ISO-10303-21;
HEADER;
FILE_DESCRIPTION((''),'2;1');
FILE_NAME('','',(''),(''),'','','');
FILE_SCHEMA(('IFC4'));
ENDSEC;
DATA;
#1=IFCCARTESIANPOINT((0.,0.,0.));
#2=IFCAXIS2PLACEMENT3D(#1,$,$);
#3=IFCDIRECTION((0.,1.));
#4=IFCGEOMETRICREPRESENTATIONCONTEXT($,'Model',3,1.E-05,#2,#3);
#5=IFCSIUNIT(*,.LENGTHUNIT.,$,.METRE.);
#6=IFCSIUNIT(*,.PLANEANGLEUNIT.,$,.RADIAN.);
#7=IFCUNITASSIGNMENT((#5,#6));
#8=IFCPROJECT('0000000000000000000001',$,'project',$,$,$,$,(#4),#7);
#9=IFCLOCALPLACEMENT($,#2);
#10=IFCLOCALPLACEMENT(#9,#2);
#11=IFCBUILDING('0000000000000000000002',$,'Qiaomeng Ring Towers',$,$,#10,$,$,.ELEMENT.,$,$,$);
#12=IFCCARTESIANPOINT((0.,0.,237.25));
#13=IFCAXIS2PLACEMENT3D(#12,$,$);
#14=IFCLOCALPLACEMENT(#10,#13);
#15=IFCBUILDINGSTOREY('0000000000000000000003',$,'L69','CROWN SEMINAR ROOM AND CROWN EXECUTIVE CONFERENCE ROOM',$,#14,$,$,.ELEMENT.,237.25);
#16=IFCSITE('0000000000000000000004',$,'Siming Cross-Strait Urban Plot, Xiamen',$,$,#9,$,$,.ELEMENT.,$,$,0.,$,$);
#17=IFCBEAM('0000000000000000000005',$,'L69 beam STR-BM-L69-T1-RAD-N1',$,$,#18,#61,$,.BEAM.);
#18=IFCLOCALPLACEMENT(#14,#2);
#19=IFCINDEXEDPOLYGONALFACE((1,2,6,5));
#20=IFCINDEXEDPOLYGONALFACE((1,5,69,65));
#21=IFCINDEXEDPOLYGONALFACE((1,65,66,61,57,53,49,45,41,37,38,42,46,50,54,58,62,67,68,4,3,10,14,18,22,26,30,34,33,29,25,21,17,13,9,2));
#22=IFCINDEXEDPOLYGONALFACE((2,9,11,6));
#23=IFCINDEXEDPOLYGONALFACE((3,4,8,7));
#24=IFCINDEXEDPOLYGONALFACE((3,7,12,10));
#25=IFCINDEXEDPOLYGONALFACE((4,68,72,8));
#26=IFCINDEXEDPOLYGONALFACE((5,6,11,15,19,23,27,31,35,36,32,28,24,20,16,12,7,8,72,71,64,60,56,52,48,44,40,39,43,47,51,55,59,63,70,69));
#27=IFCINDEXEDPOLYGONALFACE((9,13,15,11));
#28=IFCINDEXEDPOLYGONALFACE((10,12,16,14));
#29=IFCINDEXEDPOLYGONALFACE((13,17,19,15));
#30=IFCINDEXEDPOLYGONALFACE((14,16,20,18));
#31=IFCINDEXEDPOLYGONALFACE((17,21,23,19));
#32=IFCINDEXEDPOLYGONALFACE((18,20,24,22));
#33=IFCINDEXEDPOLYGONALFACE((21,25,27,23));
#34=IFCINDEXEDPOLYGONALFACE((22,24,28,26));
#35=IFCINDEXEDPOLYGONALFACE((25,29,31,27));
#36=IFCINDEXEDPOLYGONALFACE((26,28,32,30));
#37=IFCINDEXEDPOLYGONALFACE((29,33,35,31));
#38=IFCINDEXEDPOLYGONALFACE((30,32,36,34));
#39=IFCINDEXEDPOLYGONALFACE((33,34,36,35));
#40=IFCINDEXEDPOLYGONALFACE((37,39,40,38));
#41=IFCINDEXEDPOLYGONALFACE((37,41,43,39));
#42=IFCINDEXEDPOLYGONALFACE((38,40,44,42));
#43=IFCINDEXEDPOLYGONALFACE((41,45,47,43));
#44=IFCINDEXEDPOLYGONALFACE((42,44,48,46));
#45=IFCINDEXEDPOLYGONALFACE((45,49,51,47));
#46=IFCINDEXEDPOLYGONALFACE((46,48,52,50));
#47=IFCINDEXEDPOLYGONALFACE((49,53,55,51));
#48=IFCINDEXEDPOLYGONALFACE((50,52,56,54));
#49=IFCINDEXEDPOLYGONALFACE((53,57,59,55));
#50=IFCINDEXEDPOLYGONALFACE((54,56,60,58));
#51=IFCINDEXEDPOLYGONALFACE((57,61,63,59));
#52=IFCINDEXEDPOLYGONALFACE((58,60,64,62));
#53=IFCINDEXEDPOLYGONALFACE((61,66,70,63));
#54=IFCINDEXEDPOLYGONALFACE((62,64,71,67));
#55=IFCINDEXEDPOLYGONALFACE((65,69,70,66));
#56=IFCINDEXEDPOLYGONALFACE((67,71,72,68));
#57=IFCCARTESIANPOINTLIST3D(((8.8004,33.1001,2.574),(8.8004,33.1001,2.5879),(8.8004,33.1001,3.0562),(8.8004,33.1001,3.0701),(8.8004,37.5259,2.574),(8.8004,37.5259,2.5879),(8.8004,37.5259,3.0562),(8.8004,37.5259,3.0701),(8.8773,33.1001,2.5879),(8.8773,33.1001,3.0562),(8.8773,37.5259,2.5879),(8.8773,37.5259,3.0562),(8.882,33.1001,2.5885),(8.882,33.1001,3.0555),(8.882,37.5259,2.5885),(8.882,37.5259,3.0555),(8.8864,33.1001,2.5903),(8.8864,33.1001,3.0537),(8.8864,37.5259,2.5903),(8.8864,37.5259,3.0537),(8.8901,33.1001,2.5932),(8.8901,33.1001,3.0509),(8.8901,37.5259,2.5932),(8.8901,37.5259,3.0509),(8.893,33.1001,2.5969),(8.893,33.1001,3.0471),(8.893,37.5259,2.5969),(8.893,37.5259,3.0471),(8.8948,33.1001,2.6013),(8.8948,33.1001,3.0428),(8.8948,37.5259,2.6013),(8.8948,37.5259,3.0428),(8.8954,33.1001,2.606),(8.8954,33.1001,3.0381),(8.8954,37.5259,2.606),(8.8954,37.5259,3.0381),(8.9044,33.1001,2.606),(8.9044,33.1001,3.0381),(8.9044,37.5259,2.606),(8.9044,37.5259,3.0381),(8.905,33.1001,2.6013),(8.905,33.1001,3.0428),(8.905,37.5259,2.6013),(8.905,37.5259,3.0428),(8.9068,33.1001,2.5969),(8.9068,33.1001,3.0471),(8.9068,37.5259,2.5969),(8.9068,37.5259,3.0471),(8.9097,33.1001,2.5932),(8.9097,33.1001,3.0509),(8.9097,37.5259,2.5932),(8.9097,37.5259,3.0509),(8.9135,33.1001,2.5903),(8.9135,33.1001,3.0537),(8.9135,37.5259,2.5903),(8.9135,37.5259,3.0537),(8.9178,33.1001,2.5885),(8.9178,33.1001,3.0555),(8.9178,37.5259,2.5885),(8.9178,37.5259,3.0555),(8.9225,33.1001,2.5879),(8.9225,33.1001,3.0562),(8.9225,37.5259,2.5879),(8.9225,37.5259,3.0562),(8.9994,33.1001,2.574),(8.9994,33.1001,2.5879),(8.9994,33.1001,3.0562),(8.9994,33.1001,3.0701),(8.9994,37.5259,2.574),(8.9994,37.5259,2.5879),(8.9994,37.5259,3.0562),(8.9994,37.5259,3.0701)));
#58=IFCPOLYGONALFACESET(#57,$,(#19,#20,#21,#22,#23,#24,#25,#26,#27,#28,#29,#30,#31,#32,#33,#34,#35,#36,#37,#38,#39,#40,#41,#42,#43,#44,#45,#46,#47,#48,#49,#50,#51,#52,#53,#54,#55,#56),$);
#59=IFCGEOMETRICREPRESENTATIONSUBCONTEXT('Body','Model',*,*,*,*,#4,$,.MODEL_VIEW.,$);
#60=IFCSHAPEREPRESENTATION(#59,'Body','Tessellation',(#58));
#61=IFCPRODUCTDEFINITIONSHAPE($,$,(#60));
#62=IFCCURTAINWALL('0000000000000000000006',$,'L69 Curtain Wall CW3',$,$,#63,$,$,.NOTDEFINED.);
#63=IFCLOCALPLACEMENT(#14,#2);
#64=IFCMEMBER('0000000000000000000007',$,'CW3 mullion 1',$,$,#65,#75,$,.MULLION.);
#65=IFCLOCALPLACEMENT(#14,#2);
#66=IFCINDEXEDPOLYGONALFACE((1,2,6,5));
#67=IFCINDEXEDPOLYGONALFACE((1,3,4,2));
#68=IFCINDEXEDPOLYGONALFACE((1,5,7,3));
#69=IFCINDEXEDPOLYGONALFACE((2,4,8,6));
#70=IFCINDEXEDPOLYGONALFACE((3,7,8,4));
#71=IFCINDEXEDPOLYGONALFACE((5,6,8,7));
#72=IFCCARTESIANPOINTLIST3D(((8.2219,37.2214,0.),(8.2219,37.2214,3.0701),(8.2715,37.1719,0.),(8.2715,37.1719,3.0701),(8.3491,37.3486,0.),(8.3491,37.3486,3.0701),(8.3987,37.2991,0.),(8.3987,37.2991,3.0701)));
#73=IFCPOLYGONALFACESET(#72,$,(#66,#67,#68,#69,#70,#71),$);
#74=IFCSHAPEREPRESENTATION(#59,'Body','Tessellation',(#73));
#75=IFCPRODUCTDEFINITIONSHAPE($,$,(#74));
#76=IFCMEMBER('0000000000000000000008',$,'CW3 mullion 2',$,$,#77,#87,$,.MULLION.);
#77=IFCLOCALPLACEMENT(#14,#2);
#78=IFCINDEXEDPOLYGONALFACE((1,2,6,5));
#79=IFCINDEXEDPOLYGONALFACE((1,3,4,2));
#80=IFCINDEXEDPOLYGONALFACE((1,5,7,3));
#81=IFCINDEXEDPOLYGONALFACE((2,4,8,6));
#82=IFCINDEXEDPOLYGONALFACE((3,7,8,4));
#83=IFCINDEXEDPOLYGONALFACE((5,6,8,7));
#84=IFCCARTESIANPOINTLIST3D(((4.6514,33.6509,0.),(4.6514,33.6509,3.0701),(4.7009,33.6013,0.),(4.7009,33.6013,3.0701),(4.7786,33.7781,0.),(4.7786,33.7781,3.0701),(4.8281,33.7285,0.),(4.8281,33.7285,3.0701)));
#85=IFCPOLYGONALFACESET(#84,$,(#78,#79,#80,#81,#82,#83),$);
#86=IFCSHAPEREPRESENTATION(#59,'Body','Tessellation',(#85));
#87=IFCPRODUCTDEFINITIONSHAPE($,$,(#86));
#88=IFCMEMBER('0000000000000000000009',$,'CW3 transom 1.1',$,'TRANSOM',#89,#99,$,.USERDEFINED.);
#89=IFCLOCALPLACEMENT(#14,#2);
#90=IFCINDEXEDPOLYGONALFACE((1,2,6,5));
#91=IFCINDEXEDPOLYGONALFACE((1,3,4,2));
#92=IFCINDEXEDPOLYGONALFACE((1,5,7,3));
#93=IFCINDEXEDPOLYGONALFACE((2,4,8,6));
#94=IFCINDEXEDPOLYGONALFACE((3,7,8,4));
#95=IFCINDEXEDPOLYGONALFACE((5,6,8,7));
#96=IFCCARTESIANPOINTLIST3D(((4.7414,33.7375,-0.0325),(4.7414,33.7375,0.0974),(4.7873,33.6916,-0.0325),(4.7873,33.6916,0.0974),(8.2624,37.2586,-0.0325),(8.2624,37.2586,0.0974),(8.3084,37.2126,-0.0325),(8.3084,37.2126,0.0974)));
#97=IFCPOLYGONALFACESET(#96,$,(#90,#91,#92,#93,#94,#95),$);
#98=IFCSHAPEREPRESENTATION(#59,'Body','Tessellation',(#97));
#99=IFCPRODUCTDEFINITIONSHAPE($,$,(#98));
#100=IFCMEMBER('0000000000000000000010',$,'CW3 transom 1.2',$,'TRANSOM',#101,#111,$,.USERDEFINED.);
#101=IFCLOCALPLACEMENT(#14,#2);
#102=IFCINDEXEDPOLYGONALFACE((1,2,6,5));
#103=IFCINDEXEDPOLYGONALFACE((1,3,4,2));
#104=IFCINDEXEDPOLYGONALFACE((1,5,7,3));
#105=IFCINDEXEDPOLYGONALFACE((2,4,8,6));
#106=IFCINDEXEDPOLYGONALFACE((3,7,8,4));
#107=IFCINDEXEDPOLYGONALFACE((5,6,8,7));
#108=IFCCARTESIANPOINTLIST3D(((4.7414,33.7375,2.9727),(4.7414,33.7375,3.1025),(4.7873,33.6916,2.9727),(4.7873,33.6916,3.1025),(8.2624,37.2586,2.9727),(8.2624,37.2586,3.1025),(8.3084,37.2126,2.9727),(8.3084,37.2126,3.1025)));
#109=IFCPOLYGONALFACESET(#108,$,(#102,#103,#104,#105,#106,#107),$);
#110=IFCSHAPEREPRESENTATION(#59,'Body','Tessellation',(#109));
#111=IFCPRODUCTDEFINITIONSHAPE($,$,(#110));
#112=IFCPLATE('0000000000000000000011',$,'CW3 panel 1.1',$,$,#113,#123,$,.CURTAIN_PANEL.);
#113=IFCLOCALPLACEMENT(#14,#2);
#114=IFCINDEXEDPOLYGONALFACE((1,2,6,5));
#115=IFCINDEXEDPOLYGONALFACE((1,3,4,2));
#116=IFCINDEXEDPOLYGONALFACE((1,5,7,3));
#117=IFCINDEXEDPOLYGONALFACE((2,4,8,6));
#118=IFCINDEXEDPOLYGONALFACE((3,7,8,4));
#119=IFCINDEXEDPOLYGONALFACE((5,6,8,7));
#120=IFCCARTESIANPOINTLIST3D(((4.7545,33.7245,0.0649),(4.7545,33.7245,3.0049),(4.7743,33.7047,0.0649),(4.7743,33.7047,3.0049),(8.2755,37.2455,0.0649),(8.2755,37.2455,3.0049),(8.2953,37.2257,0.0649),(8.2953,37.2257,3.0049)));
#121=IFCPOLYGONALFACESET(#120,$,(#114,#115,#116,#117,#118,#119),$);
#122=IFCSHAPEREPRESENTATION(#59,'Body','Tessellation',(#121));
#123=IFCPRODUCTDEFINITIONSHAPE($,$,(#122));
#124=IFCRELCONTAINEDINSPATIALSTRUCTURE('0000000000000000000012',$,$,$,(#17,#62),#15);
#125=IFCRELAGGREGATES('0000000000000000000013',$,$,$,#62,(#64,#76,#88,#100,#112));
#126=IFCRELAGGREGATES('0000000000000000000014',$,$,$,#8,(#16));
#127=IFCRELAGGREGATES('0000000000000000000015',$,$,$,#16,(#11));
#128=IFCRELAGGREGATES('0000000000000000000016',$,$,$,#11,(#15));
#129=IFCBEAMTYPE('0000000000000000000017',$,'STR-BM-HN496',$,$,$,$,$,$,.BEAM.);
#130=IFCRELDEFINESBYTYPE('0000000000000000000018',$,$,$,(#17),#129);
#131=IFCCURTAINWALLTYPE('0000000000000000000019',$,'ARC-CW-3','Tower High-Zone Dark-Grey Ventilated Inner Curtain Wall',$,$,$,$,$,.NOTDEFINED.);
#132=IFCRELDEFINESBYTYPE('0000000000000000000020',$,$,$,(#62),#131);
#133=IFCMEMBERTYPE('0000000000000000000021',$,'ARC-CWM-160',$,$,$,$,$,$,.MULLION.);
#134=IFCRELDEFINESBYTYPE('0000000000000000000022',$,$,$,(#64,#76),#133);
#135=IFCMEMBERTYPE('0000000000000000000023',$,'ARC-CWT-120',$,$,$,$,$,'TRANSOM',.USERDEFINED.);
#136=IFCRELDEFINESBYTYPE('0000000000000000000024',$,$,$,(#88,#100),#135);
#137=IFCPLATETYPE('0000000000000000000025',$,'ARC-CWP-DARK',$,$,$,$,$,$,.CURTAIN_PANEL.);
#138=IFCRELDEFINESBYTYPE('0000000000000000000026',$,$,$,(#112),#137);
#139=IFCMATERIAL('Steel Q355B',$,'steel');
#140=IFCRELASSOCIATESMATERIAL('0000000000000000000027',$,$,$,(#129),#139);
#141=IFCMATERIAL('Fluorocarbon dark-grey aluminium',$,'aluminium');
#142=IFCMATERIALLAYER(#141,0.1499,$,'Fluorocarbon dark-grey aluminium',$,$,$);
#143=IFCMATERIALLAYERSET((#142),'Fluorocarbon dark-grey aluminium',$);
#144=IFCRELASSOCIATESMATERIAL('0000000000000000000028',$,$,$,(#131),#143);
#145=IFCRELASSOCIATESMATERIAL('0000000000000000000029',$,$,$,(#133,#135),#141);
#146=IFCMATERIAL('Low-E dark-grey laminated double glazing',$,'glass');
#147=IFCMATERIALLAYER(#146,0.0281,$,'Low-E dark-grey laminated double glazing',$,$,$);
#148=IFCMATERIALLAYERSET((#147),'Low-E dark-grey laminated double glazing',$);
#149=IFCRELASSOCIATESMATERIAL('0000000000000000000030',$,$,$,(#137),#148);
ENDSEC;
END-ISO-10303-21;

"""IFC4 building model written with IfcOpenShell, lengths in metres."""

from ifc_helpers import new_model, si_unit, direction, frame, origin, origin_2d, place, context, subcontext, project, spatial, rectangle, i_section, extrude, source, transform, mapped, material, layer, layer_set, material_profile, profile_set, type_object, element, aggregate, save


model = new_model("IFC4")

# Units and contexts
model_context = context("Model", 3, precision=1e-05, world=origin(), true_north=direction((0.0, 1.0)))
body_context = subcontext(model_context, "Body", "Model", "MODEL_VIEW")
ifc_project = project(units=[si_unit("LENGTHUNIT", "METRE"), si_unit("PLANEANGLEUNIT", "RADIAN")], contexts=[model_context])

# Site, building, storey
site_placement = place(None, origin())
site = spatial("IfcSite", under=ifc_project, at=site_placement, Name="Siming Cross-Strait Urban Plot, Xiamen", CompositionType="ELEMENT", RefElevation=0.0)
building_placement = place(site_placement, origin())
building = spatial("IfcBuilding", under=site, at=building_placement, Name="Qiaomeng Ring Towers", CompositionType="ELEMENT")
storey_placement = place(building_placement, frame((0.0, 0.0, 237.25)))
storey = spatial("IfcBuildingStorey", under=building, at=storey_placement, Name="L69", Description="CROWN SEMINAR ROOM AND CROWN EXECUTIVE CONFERENCE ROOM", CompositionType="ELEMENT", Elevation=237.25)

# Beam
ifc_material_1 = material(Name="Steel Q355B", Category="steel")
ifc_material_profile_1 = material_profile(ifc_material_1, i_section(OverallWidth=0.199, OverallDepth=0.4961, WebThickness=0.009, FlangeThickness=0.0139, FilletRadius=0.0181, at=origin_2d()), Name="HN 496x199x9x14")
ifc_profile_set_1 = profile_set([ifc_material_profile_1], Name="Steel Q355B")
beam_type_1 = type_object("IfcBeamType", Name="STR-BM-HN496", PredefinedType="BEAM", material=ifc_profile_set_1)
shared_shape_1 = source(origin(), body_context, "Body", "SweptSolid", [
    extrude(i_section(OverallWidth=0.199, OverallDepth=0.4961, WebThickness=0.009, FlangeThickness=0.0139, FilletRadius=0.0181, at=origin_2d()), origin(), (0.0, 0.0, 1.0), 4.4258),
])
beam_1_placement = place(storey_placement, frame((8.8999, 37.5259, 2.822), z_axis=(0.0, -1.0, 0.0), x_axis=(1.0, 0.0, 0.0)))
element("IfcBeam", 1, at=beam_1_placement, inside=storey, type_object=beam_type_1, Name="L69 beam STR-BM-L69-T1-RAD-N1", PredefinedType="BEAM", context=body_context, shape_type="MappedRepresentation", body=[
    mapped(shared_shape_1, transform((0.0, 0.0, 0.0), x_axis=(1.0, 0.0, 0.0), y_axis=(0.0, 1.0, 0.0), z_axis=(0.0, 0.0, 1.0), scale=1.0)),
])

# Curtain wall, members, plate
ifc_material_2 = material(Name="Fluorocarbon dark-grey aluminium", Category="aluminium")
ifc_layer_1 = layer(ifc_material_2, 0.1499, Name="Fluorocarbon dark-grey aluminium")
ifc_layer_set_1 = layer_set([ifc_layer_1], Name="Fluorocarbon dark-grey aluminium")
curtain_wall_type = type_object("IfcCurtainWallType", Name="ARC-CW-3", Description="Tower High-Zone Dark-Grey Ventilated Inner Curtain Wall", PredefinedType="NOTDEFINED", material=ifc_layer_set_1)
curtain_wall_placement = place(storey_placement, origin())
curtain_wall = element("IfcCurtainWall", 2, at=curtain_wall_placement, inside=storey, type_object=curtain_wall_type, Name="L69 Curtain Wall CW3", PredefinedType="NOTDEFINED")
ifc_material_profile_2 = material_profile(ifc_material_2, rectangle(XDim=0.0701, YDim=0.1799, at=origin_2d()), Name="ALU MULL 70x180")
ifc_profile_set_2 = profile_set([ifc_material_profile_2], Name="Fluorocarbon dark-grey aluminium")
member_type_1 = type_object("IfcMemberType", Name="ARC-CWM-160", PredefinedType="MULLION", material=ifc_profile_set_2)
shared_shape_2 = source(origin(), body_context, "Body", "SweptSolid", [
    extrude(rectangle(XDim=0.0701, YDim=0.1799, at=origin_2d()), origin(), (0.0, 0.0, 1.0), 3.0701),
])
member_1_placement = place(storey_placement, frame((8.3103, 37.2603, 0.0), z_axis=(0.0, 0.0, 1.0), x_axis=(0.707107, -0.707107, 0.0)))
member_1 = element("IfcMember", 3, at=member_1_placement, type_object=member_type_1, Name="CW3 mullion 1", PredefinedType="MULLION", context=body_context, shape_type="MappedRepresentation", body=[
    mapped(shared_shape_2, transform((0.0, 0.0, 0.0), x_axis=(1.0, 0.0, 0.0), y_axis=(0.0, 1.0, 0.0), z_axis=(0.0, 0.0, 1.0), scale=1.0)),
])
member_2_placement = place(storey_placement, frame((4.7397, 33.6897, 0.0), z_axis=(0.0, 0.0, 1.0), x_axis=(0.707107, -0.707107, 0.0)))
member_2 = element("IfcMember", 4, at=member_2_placement, type_object=member_type_1, Name="CW3 mullion 2", PredefinedType="MULLION", context=body_context, shape_type="MappedRepresentation", body=[
    mapped(shared_shape_2, transform((0.0, 0.0, 0.0), x_axis=(1.0, 0.0, 0.0), y_axis=(0.0, 1.0, 0.0), z_axis=(0.0, 0.0, 1.0), scale=1.0)),
])
ifc_material_profile_3 = material_profile(ifc_material_2, rectangle(XDim=0.0649, YDim=0.1299, at=origin_2d()), Name="ALU TRAN 65x130")
ifc_profile_set_3 = profile_set([ifc_material_profile_3], Name="Fluorocarbon dark-grey aluminium")
member_type_2 = type_object("IfcMemberType", Name="ARC-CWT-120", ElementType="TRANSOM", PredefinedType="USERDEFINED", material=ifc_profile_set_3)
shared_shape_3 = source(origin(), body_context, "Body", "SweptSolid", [
    extrude(rectangle(XDim=0.0649, YDim=0.1299, at=origin_2d()), origin(), (0.0, 0.0, 1.0), 4.9795),
])
member_3_placement = place(storey_placement, frame((8.2854, 37.2356, 0.0325), z_axis=(-0.707107, -0.707107, 0.0), x_axis=(0.707107, -0.707107, 0.0)))
member_3 = element("IfcMember", 5, at=member_3_placement, type_object=member_type_2, Name="CW3 transom 1.1", ObjectType="TRANSOM", PredefinedType="USERDEFINED", context=body_context, shape_type="MappedRepresentation", body=[
    mapped(shared_shape_3, transform((0.0, 0.0, 0.0), x_axis=(1.0, 0.0, 0.0), y_axis=(0.0, 1.0, 0.0), z_axis=(0.0, 0.0, 1.0), scale=1.0)),
])
member_4_placement = place(storey_placement, frame((8.2854, 37.2356, 3.0376), z_axis=(-0.707107, -0.707107, 0.0), x_axis=(0.707107, -0.707107, 0.0)))
member_4 = element("IfcMember", 6, at=member_4_placement, type_object=member_type_2, Name="CW3 transom 1.2", ObjectType="TRANSOM", PredefinedType="USERDEFINED", context=body_context, shape_type="MappedRepresentation", body=[
    mapped(shared_shape_3, transform((0.0, 0.0, 0.0), x_axis=(1.0, 0.0, 0.0), y_axis=(0.0, 1.0, 0.0), z_axis=(0.0, 0.0, 1.0), scale=1.0)),
])
ifc_material_3 = material(Name="Low-E dark-grey laminated double glazing", Category="glass")
ifc_layer_2 = layer(ifc_material_3, 0.0281, Name="Low-E dark-grey laminated double glazing")
ifc_layer_set_2 = layer_set([ifc_layer_2], Name="Low-E dark-grey laminated double glazing")
plate_type = type_object("IfcPlateType", Name="ARC-CWP-DARK", PredefinedType="CURTAIN_PANEL", material=ifc_layer_set_2)
shared_shape_4 = source(origin(), body_context, "Body", "SweptSolid", [
    extrude(rectangle(XDim=4.9795, YDim=0.0281, at=origin_2d()), origin(), (0.0, 0.0, 1.0), 2.9399),
])
plate_placement = place(storey_placement, frame((6.5249, 35.4751, 0.0649), z_axis=(0.0, 0.0, 1.0), x_axis=(-0.707107, -0.707107, 0.0)))
plate = element("IfcPlate", 7, at=plate_placement, type_object=plate_type, Name="CW3 panel 1.1", PredefinedType="CURTAIN_PANEL", context=body_context, shape_type="MappedRepresentation", body=[
    mapped(shared_shape_4, transform((0.0, 0.0, 0.0), x_axis=(1.0, 0.0, 0.0), y_axis=(0.0, 1.0, 0.0), z_axis=(0.0, 0.0, 1.0), scale=1.0)),
])
aggregate(curtain_wall, [member_1, member_2, member_3, member_4, plate])

save(model, "model.ifc")
